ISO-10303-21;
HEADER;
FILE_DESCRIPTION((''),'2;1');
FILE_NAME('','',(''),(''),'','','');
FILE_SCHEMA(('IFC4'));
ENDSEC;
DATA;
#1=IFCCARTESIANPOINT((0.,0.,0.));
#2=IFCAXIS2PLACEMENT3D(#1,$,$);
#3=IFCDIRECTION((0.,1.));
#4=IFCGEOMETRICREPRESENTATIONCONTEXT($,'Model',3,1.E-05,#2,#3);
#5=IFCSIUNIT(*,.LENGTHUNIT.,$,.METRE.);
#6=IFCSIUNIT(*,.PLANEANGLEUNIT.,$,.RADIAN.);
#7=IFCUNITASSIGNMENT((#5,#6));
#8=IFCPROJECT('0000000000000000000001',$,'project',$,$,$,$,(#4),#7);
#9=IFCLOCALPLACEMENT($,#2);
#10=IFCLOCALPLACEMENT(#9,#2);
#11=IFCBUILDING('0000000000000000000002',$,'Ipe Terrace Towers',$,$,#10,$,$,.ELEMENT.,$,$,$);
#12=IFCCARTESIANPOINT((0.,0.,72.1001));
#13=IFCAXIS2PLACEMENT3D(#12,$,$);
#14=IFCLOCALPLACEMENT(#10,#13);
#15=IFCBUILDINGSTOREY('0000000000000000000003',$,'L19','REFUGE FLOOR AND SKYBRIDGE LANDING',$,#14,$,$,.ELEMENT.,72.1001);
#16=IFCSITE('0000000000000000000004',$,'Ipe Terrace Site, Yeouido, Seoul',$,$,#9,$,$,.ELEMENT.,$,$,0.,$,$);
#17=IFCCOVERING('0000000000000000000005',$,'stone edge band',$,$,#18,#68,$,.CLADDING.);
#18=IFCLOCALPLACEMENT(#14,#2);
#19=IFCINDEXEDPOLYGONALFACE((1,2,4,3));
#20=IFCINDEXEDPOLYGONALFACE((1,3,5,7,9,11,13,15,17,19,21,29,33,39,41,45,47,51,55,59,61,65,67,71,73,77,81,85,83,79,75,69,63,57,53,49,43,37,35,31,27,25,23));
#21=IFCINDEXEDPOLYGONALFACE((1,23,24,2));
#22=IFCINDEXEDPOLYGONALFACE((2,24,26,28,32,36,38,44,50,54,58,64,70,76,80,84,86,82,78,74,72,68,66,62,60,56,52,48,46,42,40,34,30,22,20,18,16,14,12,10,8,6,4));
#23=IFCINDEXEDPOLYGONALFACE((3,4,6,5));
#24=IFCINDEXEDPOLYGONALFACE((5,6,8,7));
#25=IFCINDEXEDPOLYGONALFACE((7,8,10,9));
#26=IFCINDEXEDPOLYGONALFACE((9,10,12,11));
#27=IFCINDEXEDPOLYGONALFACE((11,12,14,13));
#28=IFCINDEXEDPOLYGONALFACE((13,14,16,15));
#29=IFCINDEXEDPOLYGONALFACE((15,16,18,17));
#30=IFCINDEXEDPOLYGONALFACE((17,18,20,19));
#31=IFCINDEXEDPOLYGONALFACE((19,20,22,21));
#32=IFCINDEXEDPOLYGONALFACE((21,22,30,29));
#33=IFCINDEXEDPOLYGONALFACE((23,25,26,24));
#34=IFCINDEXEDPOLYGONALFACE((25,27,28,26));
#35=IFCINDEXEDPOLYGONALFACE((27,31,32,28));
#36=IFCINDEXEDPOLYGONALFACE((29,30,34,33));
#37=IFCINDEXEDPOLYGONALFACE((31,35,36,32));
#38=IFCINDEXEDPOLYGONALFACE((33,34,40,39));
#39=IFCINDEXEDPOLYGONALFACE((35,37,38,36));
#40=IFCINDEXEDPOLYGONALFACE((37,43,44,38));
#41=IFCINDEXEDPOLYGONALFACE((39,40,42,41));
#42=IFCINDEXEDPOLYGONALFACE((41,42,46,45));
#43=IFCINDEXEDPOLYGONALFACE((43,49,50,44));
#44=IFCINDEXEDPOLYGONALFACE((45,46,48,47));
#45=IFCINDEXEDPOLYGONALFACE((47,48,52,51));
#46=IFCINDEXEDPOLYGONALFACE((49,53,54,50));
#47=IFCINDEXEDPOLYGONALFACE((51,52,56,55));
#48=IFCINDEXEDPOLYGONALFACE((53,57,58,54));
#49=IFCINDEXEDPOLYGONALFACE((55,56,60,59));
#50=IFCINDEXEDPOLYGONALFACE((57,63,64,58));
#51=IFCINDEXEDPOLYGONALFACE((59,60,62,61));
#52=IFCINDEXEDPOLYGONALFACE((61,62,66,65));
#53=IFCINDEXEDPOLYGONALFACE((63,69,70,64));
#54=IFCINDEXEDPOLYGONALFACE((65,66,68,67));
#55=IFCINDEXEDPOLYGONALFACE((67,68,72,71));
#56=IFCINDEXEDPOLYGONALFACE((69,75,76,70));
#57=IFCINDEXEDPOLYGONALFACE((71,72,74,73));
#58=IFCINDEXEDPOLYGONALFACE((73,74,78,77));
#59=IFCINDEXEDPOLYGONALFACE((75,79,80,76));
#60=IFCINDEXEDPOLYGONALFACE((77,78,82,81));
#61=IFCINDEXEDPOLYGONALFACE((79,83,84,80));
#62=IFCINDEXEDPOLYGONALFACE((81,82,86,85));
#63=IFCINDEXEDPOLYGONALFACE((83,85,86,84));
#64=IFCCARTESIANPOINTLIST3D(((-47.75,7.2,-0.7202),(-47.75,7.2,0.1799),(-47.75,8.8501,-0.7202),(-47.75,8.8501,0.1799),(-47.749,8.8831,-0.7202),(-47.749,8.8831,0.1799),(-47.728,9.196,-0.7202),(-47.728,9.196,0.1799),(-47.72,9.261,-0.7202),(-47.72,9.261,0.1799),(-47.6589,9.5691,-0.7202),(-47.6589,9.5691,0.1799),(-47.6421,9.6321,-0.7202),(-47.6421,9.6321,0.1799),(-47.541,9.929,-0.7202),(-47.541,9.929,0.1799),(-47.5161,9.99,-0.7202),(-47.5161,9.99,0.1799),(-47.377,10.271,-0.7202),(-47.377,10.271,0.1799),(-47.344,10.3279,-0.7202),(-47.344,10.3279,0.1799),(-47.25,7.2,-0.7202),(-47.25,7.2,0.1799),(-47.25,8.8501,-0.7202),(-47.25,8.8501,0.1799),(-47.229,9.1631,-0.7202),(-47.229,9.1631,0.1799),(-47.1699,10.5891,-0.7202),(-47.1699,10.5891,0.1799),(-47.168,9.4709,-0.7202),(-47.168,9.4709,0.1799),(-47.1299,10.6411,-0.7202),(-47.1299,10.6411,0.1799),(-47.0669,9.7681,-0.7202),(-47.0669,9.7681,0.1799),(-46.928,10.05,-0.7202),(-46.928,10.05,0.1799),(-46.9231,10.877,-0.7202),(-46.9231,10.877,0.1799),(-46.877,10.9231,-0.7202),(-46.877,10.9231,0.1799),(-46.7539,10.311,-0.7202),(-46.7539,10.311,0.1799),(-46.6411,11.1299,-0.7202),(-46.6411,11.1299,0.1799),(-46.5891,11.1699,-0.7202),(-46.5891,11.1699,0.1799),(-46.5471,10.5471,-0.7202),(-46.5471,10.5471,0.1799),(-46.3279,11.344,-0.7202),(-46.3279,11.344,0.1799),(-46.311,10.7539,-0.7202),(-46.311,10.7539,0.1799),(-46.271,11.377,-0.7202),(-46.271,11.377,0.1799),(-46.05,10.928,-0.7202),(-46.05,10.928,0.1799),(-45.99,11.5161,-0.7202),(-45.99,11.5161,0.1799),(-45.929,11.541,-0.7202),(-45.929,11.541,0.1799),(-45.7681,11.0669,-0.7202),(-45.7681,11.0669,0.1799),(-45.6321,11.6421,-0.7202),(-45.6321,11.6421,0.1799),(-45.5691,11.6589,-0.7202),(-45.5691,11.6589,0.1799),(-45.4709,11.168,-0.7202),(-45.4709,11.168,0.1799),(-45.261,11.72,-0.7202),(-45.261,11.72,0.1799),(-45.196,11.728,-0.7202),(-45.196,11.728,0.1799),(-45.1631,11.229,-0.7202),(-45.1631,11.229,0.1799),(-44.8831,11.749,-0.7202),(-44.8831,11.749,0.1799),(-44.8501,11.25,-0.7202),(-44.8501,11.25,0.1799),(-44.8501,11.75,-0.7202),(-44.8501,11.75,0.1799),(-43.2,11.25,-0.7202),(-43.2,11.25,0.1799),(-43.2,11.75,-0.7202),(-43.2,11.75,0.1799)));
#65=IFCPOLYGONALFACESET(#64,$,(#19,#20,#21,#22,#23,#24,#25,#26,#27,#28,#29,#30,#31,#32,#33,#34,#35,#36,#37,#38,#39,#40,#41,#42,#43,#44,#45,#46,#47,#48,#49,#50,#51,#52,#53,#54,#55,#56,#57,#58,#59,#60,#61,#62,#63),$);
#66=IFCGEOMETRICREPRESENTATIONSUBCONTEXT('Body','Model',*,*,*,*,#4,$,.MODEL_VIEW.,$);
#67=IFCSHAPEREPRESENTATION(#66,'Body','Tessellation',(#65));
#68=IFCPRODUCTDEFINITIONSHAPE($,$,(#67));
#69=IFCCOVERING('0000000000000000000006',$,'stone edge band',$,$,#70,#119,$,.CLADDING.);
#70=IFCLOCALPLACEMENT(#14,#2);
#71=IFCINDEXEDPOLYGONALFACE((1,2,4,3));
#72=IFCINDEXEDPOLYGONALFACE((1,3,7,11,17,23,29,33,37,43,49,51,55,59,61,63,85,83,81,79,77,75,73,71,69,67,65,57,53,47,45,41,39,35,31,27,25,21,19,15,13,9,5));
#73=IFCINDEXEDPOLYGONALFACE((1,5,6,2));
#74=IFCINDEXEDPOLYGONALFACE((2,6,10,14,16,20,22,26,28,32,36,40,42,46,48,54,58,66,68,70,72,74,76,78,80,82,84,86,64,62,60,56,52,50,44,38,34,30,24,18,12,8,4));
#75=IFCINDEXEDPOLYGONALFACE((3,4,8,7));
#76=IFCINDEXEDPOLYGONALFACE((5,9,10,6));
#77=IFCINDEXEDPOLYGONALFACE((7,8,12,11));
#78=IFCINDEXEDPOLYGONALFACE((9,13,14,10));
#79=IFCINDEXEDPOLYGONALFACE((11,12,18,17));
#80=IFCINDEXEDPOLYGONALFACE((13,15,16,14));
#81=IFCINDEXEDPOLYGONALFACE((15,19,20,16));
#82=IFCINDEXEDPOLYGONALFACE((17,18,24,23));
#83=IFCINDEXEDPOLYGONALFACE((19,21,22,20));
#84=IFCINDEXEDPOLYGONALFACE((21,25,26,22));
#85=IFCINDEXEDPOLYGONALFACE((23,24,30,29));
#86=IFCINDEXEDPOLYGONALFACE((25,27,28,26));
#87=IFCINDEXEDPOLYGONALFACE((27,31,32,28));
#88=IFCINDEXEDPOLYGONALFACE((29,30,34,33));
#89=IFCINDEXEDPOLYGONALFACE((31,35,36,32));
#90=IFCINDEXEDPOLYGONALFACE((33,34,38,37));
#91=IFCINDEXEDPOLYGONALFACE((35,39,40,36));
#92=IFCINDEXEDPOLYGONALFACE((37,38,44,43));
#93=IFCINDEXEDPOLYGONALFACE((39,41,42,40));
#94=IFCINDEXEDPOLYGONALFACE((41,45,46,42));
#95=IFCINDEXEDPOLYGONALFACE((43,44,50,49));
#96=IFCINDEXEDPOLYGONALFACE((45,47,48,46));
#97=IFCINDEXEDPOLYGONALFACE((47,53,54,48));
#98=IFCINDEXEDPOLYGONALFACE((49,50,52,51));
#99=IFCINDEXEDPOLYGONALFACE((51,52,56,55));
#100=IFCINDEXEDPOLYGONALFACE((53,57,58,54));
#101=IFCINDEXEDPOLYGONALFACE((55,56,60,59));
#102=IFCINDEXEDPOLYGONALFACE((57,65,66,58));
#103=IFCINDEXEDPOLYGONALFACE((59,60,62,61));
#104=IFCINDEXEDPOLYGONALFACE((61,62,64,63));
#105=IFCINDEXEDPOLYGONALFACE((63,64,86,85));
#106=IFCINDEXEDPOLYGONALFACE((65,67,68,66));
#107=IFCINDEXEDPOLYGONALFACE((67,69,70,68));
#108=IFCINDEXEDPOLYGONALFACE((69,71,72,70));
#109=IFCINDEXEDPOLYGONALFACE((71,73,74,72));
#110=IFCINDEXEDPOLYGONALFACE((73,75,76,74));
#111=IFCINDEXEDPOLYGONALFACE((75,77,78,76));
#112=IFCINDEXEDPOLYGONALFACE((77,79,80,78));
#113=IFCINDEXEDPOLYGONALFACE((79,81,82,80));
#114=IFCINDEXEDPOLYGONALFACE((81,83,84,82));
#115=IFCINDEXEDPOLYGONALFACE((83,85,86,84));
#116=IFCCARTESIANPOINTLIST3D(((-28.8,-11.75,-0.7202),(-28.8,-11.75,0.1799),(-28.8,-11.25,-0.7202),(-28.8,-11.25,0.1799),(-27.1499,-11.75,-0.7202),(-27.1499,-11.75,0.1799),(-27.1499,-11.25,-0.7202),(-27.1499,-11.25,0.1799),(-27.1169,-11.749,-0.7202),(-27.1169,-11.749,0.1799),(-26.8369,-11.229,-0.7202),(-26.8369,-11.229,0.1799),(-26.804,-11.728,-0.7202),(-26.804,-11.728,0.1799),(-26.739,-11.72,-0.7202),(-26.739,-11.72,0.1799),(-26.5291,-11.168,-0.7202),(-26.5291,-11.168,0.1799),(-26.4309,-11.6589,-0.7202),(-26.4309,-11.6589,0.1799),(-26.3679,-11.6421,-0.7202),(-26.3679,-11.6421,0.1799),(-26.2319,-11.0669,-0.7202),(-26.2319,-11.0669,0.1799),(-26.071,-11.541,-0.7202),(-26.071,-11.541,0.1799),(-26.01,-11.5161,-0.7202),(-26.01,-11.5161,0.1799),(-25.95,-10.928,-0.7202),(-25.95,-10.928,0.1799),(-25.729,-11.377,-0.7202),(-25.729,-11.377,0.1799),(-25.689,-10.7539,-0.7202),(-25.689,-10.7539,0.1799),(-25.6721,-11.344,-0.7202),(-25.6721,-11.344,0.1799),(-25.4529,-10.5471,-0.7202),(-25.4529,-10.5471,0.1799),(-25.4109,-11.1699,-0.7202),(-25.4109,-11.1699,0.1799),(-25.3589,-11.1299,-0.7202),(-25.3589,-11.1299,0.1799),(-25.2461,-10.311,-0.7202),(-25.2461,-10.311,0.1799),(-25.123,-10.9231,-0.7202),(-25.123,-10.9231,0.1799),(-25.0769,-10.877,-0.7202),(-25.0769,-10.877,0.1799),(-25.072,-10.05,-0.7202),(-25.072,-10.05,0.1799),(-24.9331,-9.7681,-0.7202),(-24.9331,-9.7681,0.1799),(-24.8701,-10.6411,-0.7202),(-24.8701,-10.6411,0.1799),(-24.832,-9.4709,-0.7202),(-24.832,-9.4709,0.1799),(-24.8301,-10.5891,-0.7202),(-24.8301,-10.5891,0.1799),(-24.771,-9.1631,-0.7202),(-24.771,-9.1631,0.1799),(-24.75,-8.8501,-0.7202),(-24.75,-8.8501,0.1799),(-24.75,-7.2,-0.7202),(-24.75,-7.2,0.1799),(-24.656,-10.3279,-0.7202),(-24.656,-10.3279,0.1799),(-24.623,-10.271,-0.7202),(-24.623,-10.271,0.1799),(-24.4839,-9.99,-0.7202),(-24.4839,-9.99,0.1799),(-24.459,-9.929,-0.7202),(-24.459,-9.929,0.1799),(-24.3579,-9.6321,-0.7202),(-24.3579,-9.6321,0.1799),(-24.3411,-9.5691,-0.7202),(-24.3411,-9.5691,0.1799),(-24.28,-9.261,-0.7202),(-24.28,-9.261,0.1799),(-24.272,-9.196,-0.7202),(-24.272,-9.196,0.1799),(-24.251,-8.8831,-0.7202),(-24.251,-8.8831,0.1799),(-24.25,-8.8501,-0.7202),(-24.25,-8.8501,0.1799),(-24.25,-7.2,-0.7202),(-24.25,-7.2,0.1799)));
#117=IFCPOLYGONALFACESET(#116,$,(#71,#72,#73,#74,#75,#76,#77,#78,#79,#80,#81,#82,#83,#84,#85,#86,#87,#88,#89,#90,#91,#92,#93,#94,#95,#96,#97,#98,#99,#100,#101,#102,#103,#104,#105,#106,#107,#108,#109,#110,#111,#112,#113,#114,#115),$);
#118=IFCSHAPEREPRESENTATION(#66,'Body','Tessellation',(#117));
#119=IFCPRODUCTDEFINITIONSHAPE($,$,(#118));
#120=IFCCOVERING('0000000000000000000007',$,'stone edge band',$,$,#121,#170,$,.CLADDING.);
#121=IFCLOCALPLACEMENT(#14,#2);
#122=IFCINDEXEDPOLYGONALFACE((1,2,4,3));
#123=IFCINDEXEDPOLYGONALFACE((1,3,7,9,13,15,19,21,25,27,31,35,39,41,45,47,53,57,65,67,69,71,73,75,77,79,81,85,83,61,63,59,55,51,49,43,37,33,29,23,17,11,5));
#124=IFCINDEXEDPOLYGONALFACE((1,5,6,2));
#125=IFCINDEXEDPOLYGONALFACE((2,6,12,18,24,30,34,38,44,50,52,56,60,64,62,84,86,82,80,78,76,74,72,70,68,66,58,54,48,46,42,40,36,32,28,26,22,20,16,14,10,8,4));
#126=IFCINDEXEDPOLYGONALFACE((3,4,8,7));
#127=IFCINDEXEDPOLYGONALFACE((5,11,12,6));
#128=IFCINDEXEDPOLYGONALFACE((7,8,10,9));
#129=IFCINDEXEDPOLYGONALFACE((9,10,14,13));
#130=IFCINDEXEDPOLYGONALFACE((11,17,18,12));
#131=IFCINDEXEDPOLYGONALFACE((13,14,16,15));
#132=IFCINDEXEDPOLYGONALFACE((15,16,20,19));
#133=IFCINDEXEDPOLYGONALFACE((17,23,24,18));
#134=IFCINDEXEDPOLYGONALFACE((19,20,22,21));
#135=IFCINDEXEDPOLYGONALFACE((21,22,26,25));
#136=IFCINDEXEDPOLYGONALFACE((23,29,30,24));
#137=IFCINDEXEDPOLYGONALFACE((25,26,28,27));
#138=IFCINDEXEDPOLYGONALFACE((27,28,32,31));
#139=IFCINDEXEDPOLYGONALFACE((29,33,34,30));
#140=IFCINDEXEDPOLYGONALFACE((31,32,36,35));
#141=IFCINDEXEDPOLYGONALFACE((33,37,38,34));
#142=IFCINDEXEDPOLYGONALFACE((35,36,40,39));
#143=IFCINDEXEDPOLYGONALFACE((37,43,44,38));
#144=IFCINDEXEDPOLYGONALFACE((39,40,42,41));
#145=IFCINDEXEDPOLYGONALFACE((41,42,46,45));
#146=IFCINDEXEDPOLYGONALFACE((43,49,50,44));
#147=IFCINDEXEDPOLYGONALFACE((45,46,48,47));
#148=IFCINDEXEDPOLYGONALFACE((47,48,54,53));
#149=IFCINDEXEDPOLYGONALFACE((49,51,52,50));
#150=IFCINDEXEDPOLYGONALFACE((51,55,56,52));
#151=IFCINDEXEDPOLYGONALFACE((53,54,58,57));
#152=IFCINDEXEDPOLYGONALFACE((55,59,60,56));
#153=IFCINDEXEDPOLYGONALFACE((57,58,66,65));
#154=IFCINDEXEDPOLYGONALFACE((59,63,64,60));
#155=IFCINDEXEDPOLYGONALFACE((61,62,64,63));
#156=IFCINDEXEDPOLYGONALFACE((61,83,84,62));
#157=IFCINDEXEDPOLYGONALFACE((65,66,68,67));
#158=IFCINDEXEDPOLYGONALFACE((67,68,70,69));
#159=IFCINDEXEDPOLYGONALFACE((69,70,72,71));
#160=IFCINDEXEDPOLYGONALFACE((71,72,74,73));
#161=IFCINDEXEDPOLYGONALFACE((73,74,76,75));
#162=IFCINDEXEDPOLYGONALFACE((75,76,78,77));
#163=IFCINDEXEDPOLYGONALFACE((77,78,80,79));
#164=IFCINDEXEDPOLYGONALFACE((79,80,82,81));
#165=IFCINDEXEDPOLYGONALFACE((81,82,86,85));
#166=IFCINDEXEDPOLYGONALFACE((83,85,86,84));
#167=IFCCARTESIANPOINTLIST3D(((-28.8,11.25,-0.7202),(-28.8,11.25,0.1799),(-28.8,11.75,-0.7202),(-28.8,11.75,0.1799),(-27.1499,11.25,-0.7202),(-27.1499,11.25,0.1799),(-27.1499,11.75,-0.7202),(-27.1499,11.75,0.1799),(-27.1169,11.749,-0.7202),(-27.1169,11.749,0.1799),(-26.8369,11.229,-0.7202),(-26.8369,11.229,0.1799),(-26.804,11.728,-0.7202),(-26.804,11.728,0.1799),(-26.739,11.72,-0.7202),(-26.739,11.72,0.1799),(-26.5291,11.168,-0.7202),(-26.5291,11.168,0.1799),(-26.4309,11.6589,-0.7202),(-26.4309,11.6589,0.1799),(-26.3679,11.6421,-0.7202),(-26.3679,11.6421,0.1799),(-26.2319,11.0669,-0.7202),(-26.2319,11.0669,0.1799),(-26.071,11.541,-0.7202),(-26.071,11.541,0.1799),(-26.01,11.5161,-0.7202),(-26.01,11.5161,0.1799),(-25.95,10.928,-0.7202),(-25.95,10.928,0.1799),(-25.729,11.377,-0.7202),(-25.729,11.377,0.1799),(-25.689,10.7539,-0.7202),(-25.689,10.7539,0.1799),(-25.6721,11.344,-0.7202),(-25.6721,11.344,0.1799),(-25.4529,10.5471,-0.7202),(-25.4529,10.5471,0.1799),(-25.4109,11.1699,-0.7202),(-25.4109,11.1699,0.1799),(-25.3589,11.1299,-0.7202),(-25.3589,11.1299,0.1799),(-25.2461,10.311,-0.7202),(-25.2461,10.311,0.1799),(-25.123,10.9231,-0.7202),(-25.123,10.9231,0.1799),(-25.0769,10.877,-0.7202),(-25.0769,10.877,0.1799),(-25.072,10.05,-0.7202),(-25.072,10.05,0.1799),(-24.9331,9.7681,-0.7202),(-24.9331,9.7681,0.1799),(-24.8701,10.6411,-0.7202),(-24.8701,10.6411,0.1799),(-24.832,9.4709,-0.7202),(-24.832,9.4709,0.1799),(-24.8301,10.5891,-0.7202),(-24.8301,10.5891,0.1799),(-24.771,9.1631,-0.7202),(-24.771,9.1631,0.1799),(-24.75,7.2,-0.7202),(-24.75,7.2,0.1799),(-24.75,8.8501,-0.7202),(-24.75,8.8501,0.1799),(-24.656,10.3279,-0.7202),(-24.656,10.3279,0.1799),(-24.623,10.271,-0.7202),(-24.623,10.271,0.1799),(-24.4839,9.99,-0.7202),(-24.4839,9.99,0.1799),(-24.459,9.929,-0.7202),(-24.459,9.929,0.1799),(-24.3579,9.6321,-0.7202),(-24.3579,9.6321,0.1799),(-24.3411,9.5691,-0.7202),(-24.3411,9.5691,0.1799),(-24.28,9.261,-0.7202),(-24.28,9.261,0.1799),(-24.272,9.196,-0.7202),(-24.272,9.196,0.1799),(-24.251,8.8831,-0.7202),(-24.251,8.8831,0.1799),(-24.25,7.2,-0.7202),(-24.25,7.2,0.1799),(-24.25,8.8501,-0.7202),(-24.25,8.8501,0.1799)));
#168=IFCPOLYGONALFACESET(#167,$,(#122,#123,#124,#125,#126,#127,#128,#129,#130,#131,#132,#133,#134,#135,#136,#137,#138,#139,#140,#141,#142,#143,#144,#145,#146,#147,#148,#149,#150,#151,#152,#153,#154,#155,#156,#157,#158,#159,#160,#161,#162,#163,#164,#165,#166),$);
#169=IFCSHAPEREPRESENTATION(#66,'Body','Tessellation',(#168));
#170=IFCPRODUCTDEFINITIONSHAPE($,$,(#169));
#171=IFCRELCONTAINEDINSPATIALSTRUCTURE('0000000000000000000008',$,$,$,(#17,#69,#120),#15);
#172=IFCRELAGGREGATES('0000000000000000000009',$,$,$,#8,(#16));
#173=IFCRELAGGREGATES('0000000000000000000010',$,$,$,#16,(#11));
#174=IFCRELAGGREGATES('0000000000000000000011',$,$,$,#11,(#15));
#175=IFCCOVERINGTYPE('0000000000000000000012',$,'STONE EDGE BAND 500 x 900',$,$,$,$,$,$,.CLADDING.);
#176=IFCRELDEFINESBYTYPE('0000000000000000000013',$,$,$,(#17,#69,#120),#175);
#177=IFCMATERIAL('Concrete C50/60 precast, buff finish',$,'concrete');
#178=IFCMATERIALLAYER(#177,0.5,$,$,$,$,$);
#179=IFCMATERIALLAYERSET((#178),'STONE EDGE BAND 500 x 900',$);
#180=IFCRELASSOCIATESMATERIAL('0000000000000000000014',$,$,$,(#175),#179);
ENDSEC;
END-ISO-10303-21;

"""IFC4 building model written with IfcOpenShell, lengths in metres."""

from ifc_helpers import new_model, si_unit, direction, frame, origin, place, context, subcontext, project, spatial, polyline, outline, extrude, material, layer, layer_set, type_object, element, save


model = new_model("IFC4")

# Units and contexts
model_context = context("Model", 3, precision=1e-05, world=origin(), true_north=direction((0.0, 1.0)))
body_context = subcontext(model_context, "Body", "Model", "MODEL_VIEW")
ifc_project = project(units=[si_unit("LENGTHUNIT", "METRE"), si_unit("PLANEANGLEUNIT", "RADIAN")], contexts=[model_context])

# Site, building, storey
site_placement = place(None, origin())
site = spatial("IfcSite", under=ifc_project, at=site_placement, Name="Ipe Terrace Site, Yeouido, Seoul", CompositionType="ELEMENT", RefElevation=0.0)
building_placement = place(site_placement, origin())
building = spatial("IfcBuilding", under=site, at=building_placement, Name="Ipe Terrace Towers", CompositionType="ELEMENT")
storey_placement = place(building_placement, frame((0.0, 0.0, 72.1001)))
storey = spatial("IfcBuildingStorey", under=building, at=storey_placement, Name="L19", Description="REFUGE FLOOR AND SKYBRIDGE LANDING", CompositionType="ELEMENT", Elevation=72.1001)

# Coverings
ifc_material_1 = material(Name="Concrete C50/60 precast, buff finish", Category="concrete")
ifc_layer_1 = layer(ifc_material_1, 0.5)
ifc_layer_set_1 = layer_set([ifc_layer_1], Name="STONE EDGE BAND 500 x 900")
covering_type = type_object("IfcCoveringType", Name="STONE EDGE BAND 500 x 900", PredefinedType="CLADDING", material=ifc_layer_set_1)
covering_1_placement = place(storey_placement, frame((0.0, 0.0, -0.7202)))
element("IfcCovering", 1, at=covering_1_placement, inside=storey, type_object=covering_type, Name="stone edge band", PredefinedType="CLADDING", context=body_context, shape_type="SweptSolid", body=[
    extrude(outline(polyline([(-44.8501, 11.75), (-44.8831, 11.749), (-45.196, 11.728), (-45.261, 11.72), (-45.5691, 11.6589), (-45.6321, 11.6421), (-45.929, 11.541), (-45.99, 11.5161), (-46.271, 11.377), (-46.3279, 11.344), (-46.5891, 11.1699), (-46.6411, 11.1299), (-46.877, 10.9231), (-46.9231, 10.877), (-47.1299, 10.6411), (-47.1699, 10.5891), (-47.344, 10.3279), (-47.377, 10.271), (-47.5161, 9.99), (-47.541, 9.929), (-47.6421, 9.6321), (-47.6589, 9.5691), (-47.72, 9.261), (-47.728, 9.196), (-47.749, 8.8831), (-47.75, 8.8501), (-47.75, 7.2), (-47.25, 7.2), (-47.25, 8.8501), (-47.229, 9.1631), (-47.168, 9.4709), (-47.0669, 9.7681), (-46.928, 10.05), (-46.7539, 10.311), (-46.5471, 10.5471), (-46.311, 10.7539), (-46.05, 10.928), (-45.7681, 11.0669), (-45.4709, 11.168), (-45.1631, 11.229), (-44.8501, 11.25), (-43.2, 11.25), (-43.2, 11.75), (-44.8501, 11.75)])), origin(), (0.0, 0.0, 1.0), 0.9001),
])
covering_2_placement = place(storey_placement, frame((0.0, 0.0, -0.7202)))
element("IfcCovering", 2, at=covering_2_placement, inside=storey, type_object=covering_type, Name="stone edge band", PredefinedType="CLADDING", context=body_context, shape_type="SweptSolid", body=[
    extrude(outline(polyline([(-27.1499, -11.75), (-27.1169, -11.749), (-26.804, -11.728), (-26.739, -11.72), (-26.4309, -11.6589), (-26.3679, -11.6421), (-26.071, -11.541), (-26.01, -11.5161), (-25.729, -11.377), (-25.6721, -11.344), (-25.4109, -11.1699), (-25.3589, -11.1299), (-25.123, -10.9231), (-25.0769, -10.877), (-24.8701, -10.6411), (-24.8301, -10.5891), (-24.656, -10.3279), (-24.623, -10.271), (-24.4839, -9.99), (-24.459, -9.929), (-24.3579, -9.6321), (-24.3411, -9.5691), (-24.28, -9.261), (-24.272, -9.196), (-24.251, -8.8831), (-24.25, -8.8501), (-24.25, -7.2), (-24.75, -7.2), (-24.75, -8.8501), (-24.771, -9.1631), (-24.832, -9.4709), (-24.9331, -9.7681), (-25.072, -10.05), (-25.2461, -10.311), (-25.4529, -10.5471), (-25.689, -10.7539), (-25.95, -10.928), (-26.2319, -11.0669), (-26.5291, -11.168), (-26.8369, -11.229), (-27.1499, -11.25), (-28.8, -11.25), (-28.8, -11.75), (-27.1499, -11.75)])), origin(), (0.0, 0.0, 1.0), 0.9001),
])
covering_3_placement = place(storey_placement, frame((0.0, 0.0, -0.7202)))
element("IfcCovering", 3, at=covering_3_placement, inside=storey, type_object=covering_type, Name="stone edge band", PredefinedType="CLADDING", context=body_context, shape_type="SweptSolid", body=[
    extrude(outline(polyline([(-27.1499, 11.75), (-28.8, 11.75), (-28.8, 11.25), (-27.1499, 11.25), (-26.8369, 11.229), (-26.5291, 11.168), (-26.2319, 11.0669), (-25.95, 10.928), (-25.689, 10.7539), (-25.4529, 10.5471), (-25.2461, 10.311), (-25.072, 10.05), (-24.9331, 9.7681), (-24.832, 9.4709), (-24.771, 9.1631), (-24.75, 8.8501), (-24.75, 7.2), (-24.25, 7.2), (-24.25, 8.8501), (-24.251, 8.8831), (-24.272, 9.196), (-24.28, 9.261), (-24.3411, 9.5691), (-24.3579, 9.6321), (-24.459, 9.929), (-24.4839, 9.99), (-24.623, 10.271), (-24.656, 10.3279), (-24.8301, 10.5891), (-24.8701, 10.6411), (-25.0769, 10.877), (-25.123, 10.9231), (-25.3589, 11.1299), (-25.4109, 11.1699), (-25.6721, 11.344), (-25.729, 11.377), (-26.01, 11.5161), (-26.071, 11.541), (-26.3679, 11.6421), (-26.4309, 11.6589), (-26.739, 11.72), (-26.804, 11.728), (-27.1169, 11.749), (-27.1499, 11.75)])), origin(), (0.0, 0.0, 1.0), 0.9001),
])

save(model, "model.ifc")
